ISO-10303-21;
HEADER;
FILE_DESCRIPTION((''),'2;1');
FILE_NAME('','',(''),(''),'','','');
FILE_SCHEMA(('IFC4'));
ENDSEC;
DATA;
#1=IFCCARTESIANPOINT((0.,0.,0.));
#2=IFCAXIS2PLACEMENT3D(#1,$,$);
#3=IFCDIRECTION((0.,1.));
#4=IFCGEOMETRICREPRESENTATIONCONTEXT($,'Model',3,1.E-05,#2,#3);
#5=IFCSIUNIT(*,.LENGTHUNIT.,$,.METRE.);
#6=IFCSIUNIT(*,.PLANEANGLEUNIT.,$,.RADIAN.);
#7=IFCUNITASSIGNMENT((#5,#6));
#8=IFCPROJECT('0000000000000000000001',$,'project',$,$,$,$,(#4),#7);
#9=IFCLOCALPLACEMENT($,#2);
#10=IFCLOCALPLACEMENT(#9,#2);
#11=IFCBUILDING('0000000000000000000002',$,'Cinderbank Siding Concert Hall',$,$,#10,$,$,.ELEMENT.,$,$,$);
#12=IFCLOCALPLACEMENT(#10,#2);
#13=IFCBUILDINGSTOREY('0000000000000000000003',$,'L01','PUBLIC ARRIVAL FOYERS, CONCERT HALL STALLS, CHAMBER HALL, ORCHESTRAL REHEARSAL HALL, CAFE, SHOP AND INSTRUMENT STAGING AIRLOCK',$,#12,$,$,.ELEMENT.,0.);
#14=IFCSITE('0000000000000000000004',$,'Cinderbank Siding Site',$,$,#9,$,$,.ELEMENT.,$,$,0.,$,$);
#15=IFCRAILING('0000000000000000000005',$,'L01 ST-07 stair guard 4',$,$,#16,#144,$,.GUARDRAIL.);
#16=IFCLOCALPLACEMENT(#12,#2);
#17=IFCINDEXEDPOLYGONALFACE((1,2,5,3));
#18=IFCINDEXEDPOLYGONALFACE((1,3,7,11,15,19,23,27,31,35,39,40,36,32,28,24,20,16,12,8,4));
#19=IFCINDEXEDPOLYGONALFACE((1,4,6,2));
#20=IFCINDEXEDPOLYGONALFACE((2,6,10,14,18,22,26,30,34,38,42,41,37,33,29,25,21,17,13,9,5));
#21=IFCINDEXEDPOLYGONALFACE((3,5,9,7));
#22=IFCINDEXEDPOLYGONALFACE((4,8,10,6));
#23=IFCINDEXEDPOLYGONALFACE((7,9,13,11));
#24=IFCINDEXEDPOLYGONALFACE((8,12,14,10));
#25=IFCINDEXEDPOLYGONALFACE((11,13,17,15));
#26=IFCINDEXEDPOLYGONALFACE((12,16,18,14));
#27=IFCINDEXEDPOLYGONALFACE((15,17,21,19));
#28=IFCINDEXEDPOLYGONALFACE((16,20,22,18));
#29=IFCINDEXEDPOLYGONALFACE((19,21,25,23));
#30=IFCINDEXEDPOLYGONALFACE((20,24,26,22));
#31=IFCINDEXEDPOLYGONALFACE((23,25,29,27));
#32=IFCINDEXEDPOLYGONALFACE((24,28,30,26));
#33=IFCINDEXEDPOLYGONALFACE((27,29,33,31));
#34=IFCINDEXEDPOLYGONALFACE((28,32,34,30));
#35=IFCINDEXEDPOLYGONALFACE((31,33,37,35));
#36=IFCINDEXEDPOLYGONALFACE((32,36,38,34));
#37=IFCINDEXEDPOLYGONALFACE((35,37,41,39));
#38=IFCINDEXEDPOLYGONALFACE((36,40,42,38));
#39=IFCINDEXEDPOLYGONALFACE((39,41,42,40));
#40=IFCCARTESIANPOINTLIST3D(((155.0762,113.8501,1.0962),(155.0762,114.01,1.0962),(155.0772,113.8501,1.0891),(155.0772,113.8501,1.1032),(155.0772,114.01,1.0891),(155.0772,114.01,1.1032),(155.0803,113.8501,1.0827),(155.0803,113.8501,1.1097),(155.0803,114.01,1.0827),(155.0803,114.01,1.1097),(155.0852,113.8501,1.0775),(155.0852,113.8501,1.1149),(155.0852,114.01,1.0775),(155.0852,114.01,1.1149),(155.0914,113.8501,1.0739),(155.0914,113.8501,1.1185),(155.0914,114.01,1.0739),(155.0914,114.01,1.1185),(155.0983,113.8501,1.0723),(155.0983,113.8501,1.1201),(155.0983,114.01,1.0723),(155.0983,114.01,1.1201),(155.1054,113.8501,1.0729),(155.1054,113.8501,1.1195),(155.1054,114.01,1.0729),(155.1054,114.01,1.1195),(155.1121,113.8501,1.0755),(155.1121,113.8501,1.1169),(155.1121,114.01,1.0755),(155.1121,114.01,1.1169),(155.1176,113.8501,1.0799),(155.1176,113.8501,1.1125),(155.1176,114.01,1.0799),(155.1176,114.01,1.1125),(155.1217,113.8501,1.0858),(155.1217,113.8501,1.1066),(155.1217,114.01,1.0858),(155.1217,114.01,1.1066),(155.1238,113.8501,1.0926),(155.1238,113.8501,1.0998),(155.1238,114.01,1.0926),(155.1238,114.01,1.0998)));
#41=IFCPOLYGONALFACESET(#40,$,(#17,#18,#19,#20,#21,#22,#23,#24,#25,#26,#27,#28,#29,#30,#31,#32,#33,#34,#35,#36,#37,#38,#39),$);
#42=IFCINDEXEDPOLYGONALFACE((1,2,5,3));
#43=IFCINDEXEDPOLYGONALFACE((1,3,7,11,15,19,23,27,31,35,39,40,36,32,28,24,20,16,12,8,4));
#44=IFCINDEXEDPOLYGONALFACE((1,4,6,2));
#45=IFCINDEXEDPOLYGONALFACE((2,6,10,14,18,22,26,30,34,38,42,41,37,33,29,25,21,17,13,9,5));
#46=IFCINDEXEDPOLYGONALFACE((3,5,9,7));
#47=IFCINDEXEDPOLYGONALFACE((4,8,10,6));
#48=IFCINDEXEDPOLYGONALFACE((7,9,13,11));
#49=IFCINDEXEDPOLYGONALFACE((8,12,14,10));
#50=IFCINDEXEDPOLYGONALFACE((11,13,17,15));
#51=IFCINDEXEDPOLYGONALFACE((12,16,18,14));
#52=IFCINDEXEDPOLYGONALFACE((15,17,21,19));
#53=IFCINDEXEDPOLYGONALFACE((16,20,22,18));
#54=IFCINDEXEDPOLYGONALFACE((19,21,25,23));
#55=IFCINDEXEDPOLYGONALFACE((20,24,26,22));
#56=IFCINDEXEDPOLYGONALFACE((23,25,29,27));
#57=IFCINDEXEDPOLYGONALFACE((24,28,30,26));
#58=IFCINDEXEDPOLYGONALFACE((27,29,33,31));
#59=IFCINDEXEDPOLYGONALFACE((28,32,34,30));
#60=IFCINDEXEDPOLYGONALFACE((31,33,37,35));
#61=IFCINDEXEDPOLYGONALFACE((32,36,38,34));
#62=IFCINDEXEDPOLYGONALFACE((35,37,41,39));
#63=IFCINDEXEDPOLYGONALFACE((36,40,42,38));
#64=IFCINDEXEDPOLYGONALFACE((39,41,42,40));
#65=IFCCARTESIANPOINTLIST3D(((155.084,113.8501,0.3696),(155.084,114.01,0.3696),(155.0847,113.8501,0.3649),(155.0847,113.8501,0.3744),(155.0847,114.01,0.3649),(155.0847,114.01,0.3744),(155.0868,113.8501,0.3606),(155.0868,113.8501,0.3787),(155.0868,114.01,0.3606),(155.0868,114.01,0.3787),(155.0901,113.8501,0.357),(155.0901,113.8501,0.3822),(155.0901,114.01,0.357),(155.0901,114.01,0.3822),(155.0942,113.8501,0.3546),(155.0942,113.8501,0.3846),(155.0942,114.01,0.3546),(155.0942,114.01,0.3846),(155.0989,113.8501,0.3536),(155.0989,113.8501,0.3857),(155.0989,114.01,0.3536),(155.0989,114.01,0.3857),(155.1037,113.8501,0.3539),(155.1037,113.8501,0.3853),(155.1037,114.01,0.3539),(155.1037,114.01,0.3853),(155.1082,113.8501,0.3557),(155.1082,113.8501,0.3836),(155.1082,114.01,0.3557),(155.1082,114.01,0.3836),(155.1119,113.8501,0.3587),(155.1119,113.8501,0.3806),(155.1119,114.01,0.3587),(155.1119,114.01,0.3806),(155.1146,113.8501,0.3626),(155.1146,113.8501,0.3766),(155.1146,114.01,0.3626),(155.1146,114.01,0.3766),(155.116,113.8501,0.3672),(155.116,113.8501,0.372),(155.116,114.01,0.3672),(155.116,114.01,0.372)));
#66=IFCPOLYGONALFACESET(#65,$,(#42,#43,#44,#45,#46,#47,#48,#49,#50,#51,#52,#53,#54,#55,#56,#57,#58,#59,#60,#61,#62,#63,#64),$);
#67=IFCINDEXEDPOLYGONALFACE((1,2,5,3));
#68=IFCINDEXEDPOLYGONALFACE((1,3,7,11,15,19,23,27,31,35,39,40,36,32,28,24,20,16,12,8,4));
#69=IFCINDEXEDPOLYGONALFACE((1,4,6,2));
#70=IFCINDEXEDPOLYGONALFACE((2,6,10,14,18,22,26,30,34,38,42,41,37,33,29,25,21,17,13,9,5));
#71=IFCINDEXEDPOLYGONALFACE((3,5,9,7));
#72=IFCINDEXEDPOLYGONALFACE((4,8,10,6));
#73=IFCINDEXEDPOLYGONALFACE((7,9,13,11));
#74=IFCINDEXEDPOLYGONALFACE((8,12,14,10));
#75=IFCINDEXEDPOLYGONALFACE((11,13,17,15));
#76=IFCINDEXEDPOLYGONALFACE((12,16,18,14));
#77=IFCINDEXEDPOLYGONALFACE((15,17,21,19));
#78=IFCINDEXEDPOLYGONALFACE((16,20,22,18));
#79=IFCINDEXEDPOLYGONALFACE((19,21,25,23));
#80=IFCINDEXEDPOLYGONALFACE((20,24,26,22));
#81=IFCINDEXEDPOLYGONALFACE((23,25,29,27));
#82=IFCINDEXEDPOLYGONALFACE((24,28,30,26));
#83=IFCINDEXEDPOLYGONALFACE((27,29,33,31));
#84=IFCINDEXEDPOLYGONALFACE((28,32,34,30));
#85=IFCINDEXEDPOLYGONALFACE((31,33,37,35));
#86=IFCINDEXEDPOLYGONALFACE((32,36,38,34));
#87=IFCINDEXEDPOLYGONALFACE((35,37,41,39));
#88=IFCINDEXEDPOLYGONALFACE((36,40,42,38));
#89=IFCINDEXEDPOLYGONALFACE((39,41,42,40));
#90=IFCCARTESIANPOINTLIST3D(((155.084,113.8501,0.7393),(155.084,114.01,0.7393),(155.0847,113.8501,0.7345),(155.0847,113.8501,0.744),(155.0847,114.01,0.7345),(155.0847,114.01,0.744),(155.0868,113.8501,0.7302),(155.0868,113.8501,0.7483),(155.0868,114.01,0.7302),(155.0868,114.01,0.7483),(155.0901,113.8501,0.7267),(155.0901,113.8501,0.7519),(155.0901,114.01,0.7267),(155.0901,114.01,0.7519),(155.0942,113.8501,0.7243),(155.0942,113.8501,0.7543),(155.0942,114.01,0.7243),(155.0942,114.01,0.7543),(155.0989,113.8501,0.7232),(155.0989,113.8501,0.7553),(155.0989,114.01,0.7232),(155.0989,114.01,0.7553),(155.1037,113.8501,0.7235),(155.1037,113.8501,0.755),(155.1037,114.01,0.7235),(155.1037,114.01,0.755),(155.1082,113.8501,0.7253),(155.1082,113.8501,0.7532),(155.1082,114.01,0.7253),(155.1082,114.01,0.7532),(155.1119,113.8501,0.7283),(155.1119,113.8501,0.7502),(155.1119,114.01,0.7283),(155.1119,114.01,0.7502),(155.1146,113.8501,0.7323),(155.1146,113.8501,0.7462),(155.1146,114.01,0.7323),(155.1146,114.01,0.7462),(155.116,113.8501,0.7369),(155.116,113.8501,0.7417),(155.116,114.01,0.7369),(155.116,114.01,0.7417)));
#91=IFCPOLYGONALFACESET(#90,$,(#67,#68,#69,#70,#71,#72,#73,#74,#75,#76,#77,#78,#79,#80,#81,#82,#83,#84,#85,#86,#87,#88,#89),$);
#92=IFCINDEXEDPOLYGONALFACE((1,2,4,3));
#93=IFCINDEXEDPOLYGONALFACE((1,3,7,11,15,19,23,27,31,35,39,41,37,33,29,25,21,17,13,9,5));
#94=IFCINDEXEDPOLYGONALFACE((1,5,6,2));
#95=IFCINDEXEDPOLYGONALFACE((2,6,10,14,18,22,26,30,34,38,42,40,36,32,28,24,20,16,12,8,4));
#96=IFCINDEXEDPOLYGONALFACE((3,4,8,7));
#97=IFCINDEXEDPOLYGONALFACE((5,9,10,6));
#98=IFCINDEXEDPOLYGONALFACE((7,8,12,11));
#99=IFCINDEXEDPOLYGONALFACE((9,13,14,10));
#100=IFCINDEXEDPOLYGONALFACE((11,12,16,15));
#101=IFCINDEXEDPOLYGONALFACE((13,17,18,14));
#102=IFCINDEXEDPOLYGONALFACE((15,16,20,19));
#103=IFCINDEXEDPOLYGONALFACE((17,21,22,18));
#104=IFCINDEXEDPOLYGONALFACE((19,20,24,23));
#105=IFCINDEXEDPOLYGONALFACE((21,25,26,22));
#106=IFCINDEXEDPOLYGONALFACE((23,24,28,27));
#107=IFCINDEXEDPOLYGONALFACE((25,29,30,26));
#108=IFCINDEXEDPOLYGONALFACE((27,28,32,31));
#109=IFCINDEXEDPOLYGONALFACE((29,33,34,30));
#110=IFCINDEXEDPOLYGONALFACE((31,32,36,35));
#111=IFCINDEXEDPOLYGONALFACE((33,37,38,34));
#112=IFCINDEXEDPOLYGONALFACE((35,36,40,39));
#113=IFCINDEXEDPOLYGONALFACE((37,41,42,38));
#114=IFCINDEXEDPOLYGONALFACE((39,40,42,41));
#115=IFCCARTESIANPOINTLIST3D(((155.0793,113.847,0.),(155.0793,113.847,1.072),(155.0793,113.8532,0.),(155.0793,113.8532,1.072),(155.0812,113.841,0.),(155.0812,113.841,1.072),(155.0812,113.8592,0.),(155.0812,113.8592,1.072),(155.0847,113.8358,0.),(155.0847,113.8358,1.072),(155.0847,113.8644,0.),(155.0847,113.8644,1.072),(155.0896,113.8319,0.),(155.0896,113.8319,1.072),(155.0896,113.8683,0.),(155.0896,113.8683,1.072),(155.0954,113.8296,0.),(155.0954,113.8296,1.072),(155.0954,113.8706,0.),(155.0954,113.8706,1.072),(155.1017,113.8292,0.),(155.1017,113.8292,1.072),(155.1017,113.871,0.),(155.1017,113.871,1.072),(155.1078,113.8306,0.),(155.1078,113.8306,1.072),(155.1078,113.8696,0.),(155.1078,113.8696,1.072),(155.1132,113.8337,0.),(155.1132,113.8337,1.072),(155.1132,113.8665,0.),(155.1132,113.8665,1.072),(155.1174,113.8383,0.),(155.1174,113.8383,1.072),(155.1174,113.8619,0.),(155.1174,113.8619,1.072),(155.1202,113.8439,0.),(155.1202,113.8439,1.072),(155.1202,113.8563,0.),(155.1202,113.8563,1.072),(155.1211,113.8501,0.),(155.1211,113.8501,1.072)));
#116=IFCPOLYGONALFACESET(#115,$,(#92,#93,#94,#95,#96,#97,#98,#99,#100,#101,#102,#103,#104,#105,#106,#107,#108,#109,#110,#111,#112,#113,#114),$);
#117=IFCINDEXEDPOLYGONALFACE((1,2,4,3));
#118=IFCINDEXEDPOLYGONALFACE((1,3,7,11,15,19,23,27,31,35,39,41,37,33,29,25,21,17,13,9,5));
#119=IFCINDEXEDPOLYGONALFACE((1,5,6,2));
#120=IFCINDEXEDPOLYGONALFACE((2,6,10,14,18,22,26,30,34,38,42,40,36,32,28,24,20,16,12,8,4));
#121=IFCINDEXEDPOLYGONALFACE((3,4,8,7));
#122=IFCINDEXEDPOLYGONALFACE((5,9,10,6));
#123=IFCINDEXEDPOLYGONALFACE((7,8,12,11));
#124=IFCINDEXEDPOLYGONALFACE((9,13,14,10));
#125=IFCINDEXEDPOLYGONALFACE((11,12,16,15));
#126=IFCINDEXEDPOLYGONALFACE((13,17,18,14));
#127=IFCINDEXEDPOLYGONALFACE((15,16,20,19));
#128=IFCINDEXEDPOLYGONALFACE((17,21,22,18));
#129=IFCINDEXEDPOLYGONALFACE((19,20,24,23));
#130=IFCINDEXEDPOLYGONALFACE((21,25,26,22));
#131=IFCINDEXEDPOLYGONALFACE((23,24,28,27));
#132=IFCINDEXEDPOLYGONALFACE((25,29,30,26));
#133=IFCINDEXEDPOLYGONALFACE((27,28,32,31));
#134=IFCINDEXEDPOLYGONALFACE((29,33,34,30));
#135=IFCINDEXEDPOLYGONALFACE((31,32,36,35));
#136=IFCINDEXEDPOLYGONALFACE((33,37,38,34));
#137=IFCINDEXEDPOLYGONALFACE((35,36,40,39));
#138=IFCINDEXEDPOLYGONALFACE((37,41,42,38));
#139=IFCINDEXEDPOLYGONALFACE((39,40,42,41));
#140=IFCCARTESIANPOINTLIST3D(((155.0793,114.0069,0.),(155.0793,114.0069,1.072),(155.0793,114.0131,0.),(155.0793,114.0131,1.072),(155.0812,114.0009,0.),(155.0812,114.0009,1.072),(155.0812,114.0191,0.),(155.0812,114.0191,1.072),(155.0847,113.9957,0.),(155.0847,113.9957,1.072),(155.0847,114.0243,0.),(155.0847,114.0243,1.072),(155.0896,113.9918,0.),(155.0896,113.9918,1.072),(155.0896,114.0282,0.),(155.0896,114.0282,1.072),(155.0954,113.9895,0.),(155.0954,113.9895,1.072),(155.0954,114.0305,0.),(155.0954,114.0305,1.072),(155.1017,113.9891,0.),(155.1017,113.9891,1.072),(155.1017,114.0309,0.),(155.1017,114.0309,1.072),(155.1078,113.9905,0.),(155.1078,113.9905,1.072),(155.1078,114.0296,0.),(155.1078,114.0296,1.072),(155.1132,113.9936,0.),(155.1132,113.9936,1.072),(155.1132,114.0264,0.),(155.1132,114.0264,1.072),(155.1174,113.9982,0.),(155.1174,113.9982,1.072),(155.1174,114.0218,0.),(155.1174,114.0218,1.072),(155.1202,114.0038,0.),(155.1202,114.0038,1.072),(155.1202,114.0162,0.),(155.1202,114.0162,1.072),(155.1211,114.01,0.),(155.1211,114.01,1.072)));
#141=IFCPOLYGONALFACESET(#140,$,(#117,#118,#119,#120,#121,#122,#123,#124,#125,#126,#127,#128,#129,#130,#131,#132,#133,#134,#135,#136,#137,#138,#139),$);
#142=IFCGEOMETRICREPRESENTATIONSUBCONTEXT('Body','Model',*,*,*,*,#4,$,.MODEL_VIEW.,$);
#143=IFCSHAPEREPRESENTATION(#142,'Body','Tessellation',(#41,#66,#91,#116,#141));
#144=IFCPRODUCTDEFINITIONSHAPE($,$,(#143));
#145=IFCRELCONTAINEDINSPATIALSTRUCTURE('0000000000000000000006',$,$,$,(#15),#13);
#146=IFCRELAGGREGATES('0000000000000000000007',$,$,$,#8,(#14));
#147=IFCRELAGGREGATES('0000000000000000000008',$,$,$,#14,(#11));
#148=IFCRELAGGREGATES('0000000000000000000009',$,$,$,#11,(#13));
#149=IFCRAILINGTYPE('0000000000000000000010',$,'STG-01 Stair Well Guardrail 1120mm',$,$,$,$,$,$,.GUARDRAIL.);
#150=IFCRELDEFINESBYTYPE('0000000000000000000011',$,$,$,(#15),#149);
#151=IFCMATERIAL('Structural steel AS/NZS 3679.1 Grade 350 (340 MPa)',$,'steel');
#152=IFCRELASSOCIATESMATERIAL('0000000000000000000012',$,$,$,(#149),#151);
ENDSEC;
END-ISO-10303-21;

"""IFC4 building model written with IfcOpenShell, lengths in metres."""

from ifc_helpers import new_model, si_unit, direction, frame, origin, origin_2d, place, context, subcontext, project, spatial, circle, extrude, material, type_object, element, save


model = new_model("IFC4")

# Units and contexts
model_context = context("Model", 3, precision=1e-05, world=origin(), true_north=direction((0.0, 1.0)))
body_context = subcontext(model_context, "Body", "Model", "MODEL_VIEW")
ifc_project = project(units=[si_unit("LENGTHUNIT", "METRE"), si_unit("PLANEANGLEUNIT", "RADIAN")], contexts=[model_context])

# Site, building, storey
site_placement = place(None, origin())
site = spatial("IfcSite", under=ifc_project, at=site_placement, Name="Cinderbank Siding Site", CompositionType="ELEMENT", RefElevation=0.0)
building_placement = place(site_placement, origin())
building = spatial("IfcBuilding", under=site, at=building_placement, Name="Cinderbank Siding Concert Hall", CompositionType="ELEMENT")
storey_placement = place(building_placement, origin())
storey = spatial("IfcBuildingStorey", under=building, at=storey_placement, Name="L01", Description="PUBLIC ARRIVAL FOYERS, CONCERT HALL STALLS, CHAMBER HALL, ORCHESTRAL REHEARSAL HALL, CAFE, SHOP AND INSTRUMENT STAGING AIRLOCK", CompositionType="ELEMENT", Elevation=0.0)

# Shared definitions
ifc_material_1 = material(Name="Structural steel AS/NZS 3679.1 Grade 350 (340 MPa)", Category="steel")

# Railing
railing_type_1 = type_object("IfcRailingType", Name="STG-01 Stair Well Guardrail 1120mm", PredefinedType="GUARDRAIL", material=ifc_material_1)
railing_1_placement = place(storey_placement, frame((155.1001, 113.8501, 0.0)))
element("IfcRailing", 1, at=railing_1_placement, inside=storey, type_object=railing_type_1, Name="L01 ST-07 stair guard 4", PredefinedType="GUARDRAIL", context=body_context, shape_type="SweptSolid", body=[
    extrude(circle(Radius=0.0239, at=origin_2d()), frame((0.0, 0.0, 1.0962), z_axis=(0.0, 1.0, 0.0), x_axis=(-1.0, 0.0, 0.0)), (0.0, 0.0, 1.0), 0.1599),
    extrude(circle(Radius=0.0161, at=origin_2d()), frame((0.0, 0.0, 0.3696), z_axis=(0.0, 1.0, 0.0), x_axis=(-1.0, 0.0, 0.0)), (0.0, 0.0, 1.0), 0.1599),
    extrude(circle(Radius=0.0161, at=origin_2d()), frame((0.0, 0.0, 0.7393), z_axis=(0.0, 1.0, 0.0), x_axis=(-1.0, 0.0, 0.0)), (0.0, 0.0, 1.0), 0.1599),
    extrude(circle(Radius=0.021, at=origin_2d()), origin(), (0.0, 0.0, 1.0), 1.072),
    extrude(circle(Radius=0.021, at=origin_2d()), frame((0.0, 0.1599, 0.0)), (0.0, 0.0, 1.0), 1.072),
])

save(model, "model.ifc")
